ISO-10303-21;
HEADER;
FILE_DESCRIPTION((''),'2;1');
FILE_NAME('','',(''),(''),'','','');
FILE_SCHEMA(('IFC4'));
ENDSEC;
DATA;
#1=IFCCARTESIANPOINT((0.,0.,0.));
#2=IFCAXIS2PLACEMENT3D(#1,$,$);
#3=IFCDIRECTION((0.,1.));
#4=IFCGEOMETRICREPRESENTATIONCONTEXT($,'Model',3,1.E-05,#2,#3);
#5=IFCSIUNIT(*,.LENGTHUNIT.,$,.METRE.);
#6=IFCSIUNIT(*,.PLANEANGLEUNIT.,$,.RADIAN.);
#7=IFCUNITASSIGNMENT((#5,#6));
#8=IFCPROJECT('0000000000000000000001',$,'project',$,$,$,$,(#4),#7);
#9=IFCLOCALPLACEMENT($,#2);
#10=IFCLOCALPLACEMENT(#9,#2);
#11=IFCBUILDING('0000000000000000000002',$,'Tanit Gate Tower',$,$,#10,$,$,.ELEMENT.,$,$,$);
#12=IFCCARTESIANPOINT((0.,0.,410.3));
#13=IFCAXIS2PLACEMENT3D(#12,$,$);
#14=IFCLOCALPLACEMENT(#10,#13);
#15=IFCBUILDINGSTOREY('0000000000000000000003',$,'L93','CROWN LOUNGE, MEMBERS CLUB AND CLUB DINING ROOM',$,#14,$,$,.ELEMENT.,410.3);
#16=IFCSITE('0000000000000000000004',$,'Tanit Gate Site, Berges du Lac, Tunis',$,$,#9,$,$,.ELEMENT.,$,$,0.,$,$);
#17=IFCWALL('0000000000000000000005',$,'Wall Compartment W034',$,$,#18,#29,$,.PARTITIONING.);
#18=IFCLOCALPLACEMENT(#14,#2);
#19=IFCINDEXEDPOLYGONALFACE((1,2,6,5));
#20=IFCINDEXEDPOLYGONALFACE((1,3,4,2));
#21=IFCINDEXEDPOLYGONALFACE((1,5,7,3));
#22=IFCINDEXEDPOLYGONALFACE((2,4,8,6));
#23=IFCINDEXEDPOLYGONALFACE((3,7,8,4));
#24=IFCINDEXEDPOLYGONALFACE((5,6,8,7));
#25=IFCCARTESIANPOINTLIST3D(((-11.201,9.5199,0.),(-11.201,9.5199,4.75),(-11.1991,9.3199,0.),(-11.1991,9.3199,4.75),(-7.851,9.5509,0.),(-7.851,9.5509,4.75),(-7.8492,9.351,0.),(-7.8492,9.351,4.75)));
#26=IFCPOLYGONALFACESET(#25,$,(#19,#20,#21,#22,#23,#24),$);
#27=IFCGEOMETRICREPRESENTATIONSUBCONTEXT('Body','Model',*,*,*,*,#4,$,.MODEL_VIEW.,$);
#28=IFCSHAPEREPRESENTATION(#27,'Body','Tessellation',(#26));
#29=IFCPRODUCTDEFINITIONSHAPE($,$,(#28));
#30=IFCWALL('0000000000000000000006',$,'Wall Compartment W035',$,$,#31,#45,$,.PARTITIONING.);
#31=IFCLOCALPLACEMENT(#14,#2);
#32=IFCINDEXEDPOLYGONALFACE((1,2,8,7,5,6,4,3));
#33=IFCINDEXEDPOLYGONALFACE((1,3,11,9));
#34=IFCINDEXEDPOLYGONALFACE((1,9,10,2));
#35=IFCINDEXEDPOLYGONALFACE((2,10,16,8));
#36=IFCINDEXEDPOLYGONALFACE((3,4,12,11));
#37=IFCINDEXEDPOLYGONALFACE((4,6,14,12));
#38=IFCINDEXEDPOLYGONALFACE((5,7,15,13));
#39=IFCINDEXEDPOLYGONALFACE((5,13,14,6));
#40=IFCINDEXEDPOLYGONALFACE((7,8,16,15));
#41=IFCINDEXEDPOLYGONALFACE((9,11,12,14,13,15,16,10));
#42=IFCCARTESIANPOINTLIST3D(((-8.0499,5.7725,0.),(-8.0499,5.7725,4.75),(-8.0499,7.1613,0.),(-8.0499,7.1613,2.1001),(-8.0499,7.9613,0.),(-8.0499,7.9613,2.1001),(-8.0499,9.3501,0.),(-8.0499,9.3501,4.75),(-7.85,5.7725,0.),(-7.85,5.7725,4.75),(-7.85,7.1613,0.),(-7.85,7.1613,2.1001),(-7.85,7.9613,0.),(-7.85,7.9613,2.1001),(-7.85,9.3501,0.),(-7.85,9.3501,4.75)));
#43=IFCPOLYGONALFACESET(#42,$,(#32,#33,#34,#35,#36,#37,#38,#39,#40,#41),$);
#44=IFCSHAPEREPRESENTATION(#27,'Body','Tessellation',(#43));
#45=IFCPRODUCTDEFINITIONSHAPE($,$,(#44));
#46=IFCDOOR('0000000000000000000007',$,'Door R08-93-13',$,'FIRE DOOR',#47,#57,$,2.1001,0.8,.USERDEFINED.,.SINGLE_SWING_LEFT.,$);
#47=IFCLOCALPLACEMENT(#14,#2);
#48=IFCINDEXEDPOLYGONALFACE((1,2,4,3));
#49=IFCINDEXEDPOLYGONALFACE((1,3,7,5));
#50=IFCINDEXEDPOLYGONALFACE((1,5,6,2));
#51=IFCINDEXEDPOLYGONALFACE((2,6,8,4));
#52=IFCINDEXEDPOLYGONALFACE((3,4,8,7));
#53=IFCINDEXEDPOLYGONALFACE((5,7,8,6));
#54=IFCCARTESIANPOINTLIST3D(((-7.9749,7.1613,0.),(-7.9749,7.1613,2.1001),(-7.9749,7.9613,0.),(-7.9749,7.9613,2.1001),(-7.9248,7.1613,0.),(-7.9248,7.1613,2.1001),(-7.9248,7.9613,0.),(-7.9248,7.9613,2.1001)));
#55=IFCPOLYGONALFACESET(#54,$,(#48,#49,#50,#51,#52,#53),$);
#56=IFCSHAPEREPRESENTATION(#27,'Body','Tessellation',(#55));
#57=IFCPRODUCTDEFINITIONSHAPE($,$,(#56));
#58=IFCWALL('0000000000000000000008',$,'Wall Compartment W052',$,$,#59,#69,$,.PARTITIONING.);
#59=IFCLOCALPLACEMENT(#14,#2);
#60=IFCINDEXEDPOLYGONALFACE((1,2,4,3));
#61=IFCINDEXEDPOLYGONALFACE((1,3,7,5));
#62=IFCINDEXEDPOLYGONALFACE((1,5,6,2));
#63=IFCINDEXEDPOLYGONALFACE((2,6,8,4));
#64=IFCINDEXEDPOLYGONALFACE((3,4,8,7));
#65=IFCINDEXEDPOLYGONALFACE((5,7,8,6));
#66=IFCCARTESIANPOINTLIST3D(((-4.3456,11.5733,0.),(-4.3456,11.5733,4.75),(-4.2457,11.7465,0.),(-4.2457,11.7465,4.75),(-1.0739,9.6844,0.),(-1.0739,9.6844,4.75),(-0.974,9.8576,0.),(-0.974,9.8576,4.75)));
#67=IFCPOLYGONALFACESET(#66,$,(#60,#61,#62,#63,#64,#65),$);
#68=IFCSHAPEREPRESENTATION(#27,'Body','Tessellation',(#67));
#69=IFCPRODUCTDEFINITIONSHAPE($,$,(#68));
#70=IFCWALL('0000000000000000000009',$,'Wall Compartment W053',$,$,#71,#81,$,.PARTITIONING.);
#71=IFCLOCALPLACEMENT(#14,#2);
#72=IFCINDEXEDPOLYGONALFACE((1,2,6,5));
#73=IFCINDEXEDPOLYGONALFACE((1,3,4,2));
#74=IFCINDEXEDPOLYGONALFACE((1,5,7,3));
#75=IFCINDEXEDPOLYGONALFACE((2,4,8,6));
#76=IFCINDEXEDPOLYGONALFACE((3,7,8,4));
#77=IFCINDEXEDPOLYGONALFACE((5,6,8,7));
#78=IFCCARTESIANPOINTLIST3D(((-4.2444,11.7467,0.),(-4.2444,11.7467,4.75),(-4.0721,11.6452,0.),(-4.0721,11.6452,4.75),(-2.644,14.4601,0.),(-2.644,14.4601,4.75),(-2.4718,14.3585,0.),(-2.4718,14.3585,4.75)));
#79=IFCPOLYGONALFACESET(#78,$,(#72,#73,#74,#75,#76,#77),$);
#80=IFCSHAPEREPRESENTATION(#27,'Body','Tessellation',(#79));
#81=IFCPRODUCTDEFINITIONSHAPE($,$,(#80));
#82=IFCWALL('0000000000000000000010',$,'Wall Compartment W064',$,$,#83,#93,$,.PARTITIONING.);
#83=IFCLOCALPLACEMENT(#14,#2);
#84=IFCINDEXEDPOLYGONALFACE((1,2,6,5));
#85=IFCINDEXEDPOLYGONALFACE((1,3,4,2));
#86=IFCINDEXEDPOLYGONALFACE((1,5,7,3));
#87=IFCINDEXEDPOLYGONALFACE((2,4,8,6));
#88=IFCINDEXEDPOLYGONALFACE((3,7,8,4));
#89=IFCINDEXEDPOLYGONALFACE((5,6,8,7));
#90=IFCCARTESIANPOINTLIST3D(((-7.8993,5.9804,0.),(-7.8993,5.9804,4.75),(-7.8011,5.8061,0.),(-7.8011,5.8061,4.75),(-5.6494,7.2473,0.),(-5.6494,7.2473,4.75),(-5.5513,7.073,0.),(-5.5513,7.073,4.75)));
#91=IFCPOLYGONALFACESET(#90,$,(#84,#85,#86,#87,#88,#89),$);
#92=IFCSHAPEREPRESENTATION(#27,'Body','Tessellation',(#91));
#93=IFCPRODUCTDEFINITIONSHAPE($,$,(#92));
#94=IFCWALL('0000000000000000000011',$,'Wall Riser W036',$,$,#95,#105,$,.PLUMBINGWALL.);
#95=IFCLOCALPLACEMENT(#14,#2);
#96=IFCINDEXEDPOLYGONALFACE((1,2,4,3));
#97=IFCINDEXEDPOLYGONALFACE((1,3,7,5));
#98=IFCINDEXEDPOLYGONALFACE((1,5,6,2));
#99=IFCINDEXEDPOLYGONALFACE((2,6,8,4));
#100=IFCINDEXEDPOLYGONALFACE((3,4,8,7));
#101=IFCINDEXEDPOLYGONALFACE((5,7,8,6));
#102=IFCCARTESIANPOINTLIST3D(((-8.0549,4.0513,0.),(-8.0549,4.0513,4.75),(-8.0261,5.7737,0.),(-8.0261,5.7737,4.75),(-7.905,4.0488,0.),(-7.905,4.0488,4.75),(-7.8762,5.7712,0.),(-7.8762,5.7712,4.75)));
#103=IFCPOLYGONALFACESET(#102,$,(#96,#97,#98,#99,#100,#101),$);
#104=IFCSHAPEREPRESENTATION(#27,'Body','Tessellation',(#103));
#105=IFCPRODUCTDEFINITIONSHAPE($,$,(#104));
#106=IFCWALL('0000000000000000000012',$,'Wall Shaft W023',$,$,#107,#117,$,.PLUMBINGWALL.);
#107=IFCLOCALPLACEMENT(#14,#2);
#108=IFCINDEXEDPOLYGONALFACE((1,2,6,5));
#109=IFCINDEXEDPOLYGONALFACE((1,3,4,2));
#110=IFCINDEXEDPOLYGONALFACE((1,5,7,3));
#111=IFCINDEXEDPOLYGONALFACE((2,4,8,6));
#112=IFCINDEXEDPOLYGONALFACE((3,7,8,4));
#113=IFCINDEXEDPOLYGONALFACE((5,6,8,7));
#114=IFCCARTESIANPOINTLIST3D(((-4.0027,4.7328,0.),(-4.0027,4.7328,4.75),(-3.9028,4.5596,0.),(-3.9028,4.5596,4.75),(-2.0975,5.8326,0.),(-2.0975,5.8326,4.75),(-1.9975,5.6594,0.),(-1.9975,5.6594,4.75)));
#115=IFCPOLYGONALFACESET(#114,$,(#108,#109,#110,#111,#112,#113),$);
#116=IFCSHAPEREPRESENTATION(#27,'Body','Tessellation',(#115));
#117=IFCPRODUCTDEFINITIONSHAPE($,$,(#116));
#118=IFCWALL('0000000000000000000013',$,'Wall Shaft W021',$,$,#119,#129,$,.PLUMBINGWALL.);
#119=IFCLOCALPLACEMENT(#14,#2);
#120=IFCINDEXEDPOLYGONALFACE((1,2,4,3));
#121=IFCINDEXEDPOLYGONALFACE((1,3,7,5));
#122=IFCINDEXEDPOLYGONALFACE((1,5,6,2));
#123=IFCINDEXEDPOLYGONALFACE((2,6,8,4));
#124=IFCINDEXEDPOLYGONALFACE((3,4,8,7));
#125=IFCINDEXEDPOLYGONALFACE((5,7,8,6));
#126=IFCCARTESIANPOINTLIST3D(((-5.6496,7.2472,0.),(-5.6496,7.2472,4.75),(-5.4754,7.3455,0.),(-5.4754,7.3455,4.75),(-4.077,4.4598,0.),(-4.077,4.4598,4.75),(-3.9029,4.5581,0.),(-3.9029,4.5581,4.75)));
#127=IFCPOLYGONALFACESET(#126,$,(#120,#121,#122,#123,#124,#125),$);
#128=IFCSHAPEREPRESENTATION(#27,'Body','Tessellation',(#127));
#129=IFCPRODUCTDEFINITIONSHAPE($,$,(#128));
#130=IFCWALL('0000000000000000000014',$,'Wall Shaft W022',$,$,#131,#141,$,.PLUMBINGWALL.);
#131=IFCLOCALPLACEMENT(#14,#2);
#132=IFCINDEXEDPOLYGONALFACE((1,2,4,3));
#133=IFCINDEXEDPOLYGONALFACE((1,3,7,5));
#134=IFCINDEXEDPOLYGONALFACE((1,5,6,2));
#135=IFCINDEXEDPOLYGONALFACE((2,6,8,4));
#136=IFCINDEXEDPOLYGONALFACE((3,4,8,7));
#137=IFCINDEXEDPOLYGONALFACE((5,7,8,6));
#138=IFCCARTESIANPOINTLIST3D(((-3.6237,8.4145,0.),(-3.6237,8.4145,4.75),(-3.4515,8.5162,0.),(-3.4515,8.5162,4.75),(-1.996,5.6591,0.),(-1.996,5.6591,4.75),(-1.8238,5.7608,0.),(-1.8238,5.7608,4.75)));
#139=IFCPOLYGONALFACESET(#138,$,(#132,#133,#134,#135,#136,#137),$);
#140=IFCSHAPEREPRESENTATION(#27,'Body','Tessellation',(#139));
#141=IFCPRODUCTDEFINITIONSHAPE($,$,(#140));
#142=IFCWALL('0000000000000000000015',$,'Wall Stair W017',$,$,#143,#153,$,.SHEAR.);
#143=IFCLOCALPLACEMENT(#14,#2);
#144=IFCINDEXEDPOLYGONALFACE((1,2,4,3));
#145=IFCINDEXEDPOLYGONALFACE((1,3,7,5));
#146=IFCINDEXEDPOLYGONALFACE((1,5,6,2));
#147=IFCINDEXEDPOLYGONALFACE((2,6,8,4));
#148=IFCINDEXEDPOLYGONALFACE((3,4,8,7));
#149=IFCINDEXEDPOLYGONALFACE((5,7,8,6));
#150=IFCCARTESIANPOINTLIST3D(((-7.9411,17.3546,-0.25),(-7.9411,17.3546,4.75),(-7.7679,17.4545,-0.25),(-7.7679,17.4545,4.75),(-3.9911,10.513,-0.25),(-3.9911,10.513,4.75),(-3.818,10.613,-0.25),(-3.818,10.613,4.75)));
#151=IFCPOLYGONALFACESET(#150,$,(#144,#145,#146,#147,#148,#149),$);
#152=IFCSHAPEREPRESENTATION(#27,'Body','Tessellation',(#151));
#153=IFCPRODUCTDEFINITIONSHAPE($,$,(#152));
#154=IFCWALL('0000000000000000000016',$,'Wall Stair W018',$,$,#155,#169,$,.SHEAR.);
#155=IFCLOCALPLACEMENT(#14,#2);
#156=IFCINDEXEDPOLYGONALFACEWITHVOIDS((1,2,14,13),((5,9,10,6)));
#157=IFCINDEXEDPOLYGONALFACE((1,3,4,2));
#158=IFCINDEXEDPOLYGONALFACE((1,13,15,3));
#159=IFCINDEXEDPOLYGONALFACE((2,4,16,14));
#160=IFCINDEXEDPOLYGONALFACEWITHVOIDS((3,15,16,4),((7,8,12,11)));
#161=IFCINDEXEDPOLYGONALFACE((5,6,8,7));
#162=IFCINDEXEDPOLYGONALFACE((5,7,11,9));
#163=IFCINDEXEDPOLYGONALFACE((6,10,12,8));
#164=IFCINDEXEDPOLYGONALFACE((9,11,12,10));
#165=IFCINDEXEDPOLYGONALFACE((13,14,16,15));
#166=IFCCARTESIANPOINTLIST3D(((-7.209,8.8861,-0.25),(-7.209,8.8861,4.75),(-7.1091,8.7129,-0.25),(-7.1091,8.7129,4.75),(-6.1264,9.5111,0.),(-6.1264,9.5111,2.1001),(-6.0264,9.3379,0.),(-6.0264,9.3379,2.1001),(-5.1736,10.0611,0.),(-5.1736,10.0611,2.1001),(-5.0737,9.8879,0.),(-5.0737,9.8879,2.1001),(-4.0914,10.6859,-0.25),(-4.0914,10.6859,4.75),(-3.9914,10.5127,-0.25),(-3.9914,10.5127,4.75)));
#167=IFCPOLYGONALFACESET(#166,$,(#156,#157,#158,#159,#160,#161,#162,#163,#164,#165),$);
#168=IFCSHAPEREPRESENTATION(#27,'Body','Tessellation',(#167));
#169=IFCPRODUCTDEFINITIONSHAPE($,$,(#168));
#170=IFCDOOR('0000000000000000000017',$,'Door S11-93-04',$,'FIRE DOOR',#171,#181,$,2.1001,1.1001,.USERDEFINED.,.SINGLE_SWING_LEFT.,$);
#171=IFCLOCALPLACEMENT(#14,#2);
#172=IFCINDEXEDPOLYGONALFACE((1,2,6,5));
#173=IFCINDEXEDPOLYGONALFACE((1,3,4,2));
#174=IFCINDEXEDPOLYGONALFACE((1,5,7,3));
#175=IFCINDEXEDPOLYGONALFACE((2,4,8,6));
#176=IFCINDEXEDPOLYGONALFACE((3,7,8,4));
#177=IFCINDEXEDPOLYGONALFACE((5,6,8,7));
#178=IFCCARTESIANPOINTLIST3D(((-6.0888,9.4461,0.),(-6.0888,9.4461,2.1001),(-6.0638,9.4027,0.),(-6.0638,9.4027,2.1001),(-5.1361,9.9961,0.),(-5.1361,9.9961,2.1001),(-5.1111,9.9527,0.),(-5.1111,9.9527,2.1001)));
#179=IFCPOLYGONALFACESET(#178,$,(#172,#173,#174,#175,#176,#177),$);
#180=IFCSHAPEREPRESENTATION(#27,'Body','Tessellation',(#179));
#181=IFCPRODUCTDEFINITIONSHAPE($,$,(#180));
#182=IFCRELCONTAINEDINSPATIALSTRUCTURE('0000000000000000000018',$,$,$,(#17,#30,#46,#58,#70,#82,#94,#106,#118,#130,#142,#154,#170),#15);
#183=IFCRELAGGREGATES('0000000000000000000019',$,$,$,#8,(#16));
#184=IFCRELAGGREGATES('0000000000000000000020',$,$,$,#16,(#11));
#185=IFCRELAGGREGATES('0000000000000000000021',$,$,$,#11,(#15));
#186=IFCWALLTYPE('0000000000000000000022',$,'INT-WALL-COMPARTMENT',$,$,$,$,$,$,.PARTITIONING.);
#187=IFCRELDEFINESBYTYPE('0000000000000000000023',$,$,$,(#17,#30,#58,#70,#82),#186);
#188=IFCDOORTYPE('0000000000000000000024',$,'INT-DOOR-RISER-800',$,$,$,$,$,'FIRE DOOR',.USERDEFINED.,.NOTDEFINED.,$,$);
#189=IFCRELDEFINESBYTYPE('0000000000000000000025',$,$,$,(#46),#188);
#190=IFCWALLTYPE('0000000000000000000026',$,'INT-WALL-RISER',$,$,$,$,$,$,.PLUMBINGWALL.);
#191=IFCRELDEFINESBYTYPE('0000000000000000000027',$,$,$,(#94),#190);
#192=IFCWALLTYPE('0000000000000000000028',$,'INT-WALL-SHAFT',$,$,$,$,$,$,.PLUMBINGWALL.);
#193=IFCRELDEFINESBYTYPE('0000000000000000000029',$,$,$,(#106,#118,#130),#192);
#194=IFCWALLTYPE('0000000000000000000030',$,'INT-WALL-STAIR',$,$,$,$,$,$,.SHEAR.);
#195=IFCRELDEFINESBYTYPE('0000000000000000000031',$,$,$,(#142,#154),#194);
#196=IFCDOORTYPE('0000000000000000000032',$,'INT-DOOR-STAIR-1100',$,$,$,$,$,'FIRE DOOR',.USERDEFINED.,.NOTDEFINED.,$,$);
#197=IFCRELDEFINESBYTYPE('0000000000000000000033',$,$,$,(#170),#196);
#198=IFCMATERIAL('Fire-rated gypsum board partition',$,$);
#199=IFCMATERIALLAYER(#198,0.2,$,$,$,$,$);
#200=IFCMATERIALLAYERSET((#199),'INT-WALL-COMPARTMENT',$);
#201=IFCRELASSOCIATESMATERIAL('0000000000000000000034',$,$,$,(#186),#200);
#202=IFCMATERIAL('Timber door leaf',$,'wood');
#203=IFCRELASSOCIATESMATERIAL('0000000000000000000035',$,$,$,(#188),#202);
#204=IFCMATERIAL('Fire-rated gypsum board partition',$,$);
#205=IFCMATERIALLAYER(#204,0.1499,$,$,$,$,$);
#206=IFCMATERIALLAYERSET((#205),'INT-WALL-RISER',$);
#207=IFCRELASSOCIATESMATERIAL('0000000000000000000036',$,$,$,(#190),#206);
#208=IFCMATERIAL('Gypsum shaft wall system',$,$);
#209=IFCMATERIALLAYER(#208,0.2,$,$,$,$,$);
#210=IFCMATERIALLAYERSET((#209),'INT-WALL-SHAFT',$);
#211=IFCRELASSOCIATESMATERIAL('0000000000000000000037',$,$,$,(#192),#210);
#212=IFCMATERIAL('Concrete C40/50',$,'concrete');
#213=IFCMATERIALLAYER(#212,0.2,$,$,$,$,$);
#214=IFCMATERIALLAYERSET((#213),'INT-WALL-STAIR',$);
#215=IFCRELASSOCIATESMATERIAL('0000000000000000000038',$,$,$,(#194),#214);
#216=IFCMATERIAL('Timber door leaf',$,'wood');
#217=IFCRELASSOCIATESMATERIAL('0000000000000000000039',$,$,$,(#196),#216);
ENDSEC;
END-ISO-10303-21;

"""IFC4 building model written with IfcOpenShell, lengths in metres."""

from ifc_helpers import new_model, si_unit, direction, frame, frame_2d, origin, place, context, subcontext, project, spatial, rectangle, extrude, material, layer, layer_set, type_object, element, fill, save


model = new_model("IFC4")

# Units and contexts
model_context = context("Model", 3, precision=1e-05, world=origin(), true_north=direction((0.0, 1.0)))
body_context = subcontext(model_context, "Body", "Model", "MODEL_VIEW")
ifc_project = project(units=[si_unit("LENGTHUNIT", "METRE"), si_unit("PLANEANGLEUNIT", "RADIAN")], contexts=[model_context])

# Site, building, storey
site_placement = place(None, origin())
site = spatial("IfcSite", under=ifc_project, at=site_placement, Name="Tanit Gate Site, Berges du Lac, Tunis", CompositionType="ELEMENT", RefElevation=0.0)
building_placement = place(site_placement, origin())
building = spatial("IfcBuilding", under=site, at=building_placement, Name="Tanit Gate Tower", CompositionType="ELEMENT")
storey_placement = place(building_placement, frame((0.0, 0.0, 410.3)))
storey = spatial("IfcBuildingStorey", under=building, at=storey_placement, Name="L93", Description="CROWN LOUNGE, MEMBERS CLUB AND CLUB DINING ROOM", CompositionType="ELEMENT", Elevation=410.3)

# Wall
ifc_material_1 = material(Name="Fire-rated gypsum board partition")
ifc_layer_1 = layer(ifc_material_1, 0.2)
ifc_layer_set_1 = layer_set([ifc_layer_1], Name="INT-WALL-COMPARTMENT")
wall_type_1 = type_object("IfcWallType", Name="INT-WALL-COMPARTMENT", PredefinedType="PARTITIONING", material=ifc_layer_set_1)
wall_1_placement = place(storey_placement, frame((-7.8501, 9.4509, 0.0), z_axis=(0.0, 0.0, 1.0), x_axis=(-0.999957, -0.009255, 0.0)))
element("IfcWall", 1, at=wall_1_placement, inside=storey, type_object=wall_type_1, Name="Wall Compartment W034", PredefinedType="PARTITIONING", context=body_context, shape_type="SweptSolid", body=[
    extrude(rectangle(XDim=3.3501, YDim=0.2, at=frame_2d((1.675, 0.0))), origin(), (0.0, 0.0, 1.0), 4.75),
])

# Wall, opening, door
wall_2_placement = place(storey_placement, frame((-7.95, 5.7725, 0.0), z_axis=(0.0, 0.0, 1.0), x_axis=(0.0, 1.0, 0.0)))
wall_2 = element("IfcWall", 2, at=wall_2_placement, inside=storey, type_object=wall_type_1, Name="Wall Compartment W035", PredefinedType="PARTITIONING", context=body_context, shape_type="SweptSolid", body=[
    extrude(rectangle(XDim=3.5776, YDim=0.2, at=frame_2d((1.7888, 0.0))), origin(), (0.0, 0.0, 1.0), 4.75),
])
opening_1_placement = place(wall_2_placement, frame((1.3889, 0.0, 0.0)))
opening_1 = element("IfcOpeningElement", 3, at=opening_1_placement, cuts=wall_2, PredefinedType="OPENING", context=body_context, shape_type="SweptSolid", body=[
    extrude(rectangle(XDim=0.8, YDim=2.1001, at=frame_2d((0.3999, 1.05))), frame((0.0, 0.1099, 0.0), z_axis=(0.0, -1.0, 0.0), x_axis=(1.0, 0.0, 0.0)), (0.0, 0.0, 1.0), 0.22),
])
ifc_material_2 = material(Name="Timber door leaf", Category="wood")
door_type_1 = type_object("IfcDoorType", Name="INT-DOOR-RISER-800", ElementType="FIRE DOOR", OperationType="NOTDEFINED", PredefinedType="USERDEFINED", material=ifc_material_2)
door_1_placement = place(opening_1_placement, origin())
door_1 = element("IfcDoor", 4, at=door_1_placement, inside=storey, type_object=door_type_1, Name="Door R08-93-13", ObjectType="FIRE DOOR", OperationType="SINGLE_SWING_LEFT", OverallHeight=2.1001, OverallWidth=0.8, PredefinedType="USERDEFINED", context=body_context, shape_type="SweptSolid", body=[
    extrude(rectangle(XDim=0.8, YDim=2.1001, at=frame_2d((0.3999, 1.05))), frame((0.0, 0.0249, 0.0), z_axis=(0.0, -1.0, 0.0), x_axis=(1.0, 0.0, 0.0)), (0.0, 0.0, 1.0), 0.05),
])
fill(opening_1, door_1)

# Walls
wall_3_placement = place(storey_placement, frame((-4.2957, 11.6599, 0.0), z_axis=(0.0, 0.0, 1.0), x_axis=(0.866027, -0.499997, 0.0)))
element("IfcWall", 5, at=wall_3_placement, inside=storey, type_object=wall_type_1, Name="Wall Compartment W052", PredefinedType="PARTITIONING", context=body_context, shape_type="SweptSolid", body=[
    extrude(rectangle(XDim=3.7778, YDim=0.2, at=frame_2d((1.8889, 0.0))), origin(), (0.0, 0.0, 1.0), 4.75),
])
wall_4_placement = place(storey_placement, frame((-2.5579, 14.4094, 0.0), z_axis=(0.0, 0.0, 1.0), x_axis=(-0.508019, -0.861346, 0.0)))
element("IfcWall", 6, at=wall_4_placement, inside=storey, type_object=wall_type_1, Name="Wall Compartment W053", PredefinedType="PARTITIONING", context=body_context, shape_type="SweptSolid", body=[
    extrude(rectangle(XDim=3.1501, YDim=0.2, at=frame_2d((1.5752, 0.0))), origin(), (0.0, 0.0, 1.0), 4.75),
])
wall_5_placement = place(storey_placement, frame((-5.6003, 7.1602, 0.0), z_axis=(0.0, 0.0, 1.0), x_axis=(-0.871351, -0.490661, 0.0)))
element("IfcWall", 7, at=wall_5_placement, inside=storey, type_object=wall_type_1, Name="Wall Compartment W064", PredefinedType="PARTITIONING", context=body_context, shape_type="SweptSolid", body=[
    extrude(rectangle(XDim=2.582, YDim=0.2, at=frame_2d((1.291, 0.0))), origin(), (0.0, 0.0, 1.0), 4.75),
])
ifc_material_3 = material(Name="Fire-rated gypsum board partition")
ifc_layer_2 = layer(ifc_material_3, 0.1499)
ifc_layer_set_2 = layer_set([ifc_layer_2], Name="INT-WALL-RISER")
wall_type_2 = type_object("IfcWallType", Name="INT-WALL-RISER", PredefinedType="PLUMBINGWALL", material=ifc_layer_set_2)
wall_6_placement = place(storey_placement, frame((-7.9512, 5.7725, 0.0), z_axis=(0.0, 0.0, 1.0), x_axis=(-0.016723, -0.99986, 0.0)))
element("IfcWall", 8, at=wall_6_placement, inside=storey, type_object=wall_type_2, Name="Wall Riser W036", PredefinedType="PLUMBINGWALL", context=body_context, shape_type="SweptSolid", body=[
    extrude(rectangle(XDim=1.7227, YDim=0.1499, at=frame_2d((0.8613, 0.0))), origin(), (0.0, 0.0, 1.0), 4.75),
])

# Shared definitions
ifc_material_4 = material(Name="Gypsum shaft wall system")
ifc_layer_3 = layer(ifc_material_4, 0.2)
ifc_layer_set_3 = layer_set([ifc_layer_3], Name="INT-WALL-SHAFT")
wall_type_3 = type_object("IfcWallType", Name="INT-WALL-SHAFT", PredefinedType="PLUMBINGWALL", material=ifc_layer_set_3)

# Walls
wall_7_placement = place(storey_placement, frame((-2.0474, 5.7461, 0.0), z_axis=(0.0, 0.0, 1.0), x_axis=(-0.866056, -0.499947, 0.0)))
element("IfcWall", 9, at=wall_7_placement, inside=storey, type_object=wall_type_3, Name="Wall Shaft W023", PredefinedType="PLUMBINGWALL", context=body_context, shape_type="SweptSolid", body=[
    extrude(rectangle(XDim=2.2, YDim=0.2, at=frame_2d((1.1001, 0.0))), origin(), (0.0, 0.0, 1.0), 4.75),
])
wall_8_placement = place(storey_placement, frame((-3.99, 4.509, 0.0), z_axis=(0.0, 0.0, 1.0), x_axis=(-0.491358, 0.870958, 0.0)))
element("IfcWall", 10, at=wall_8_placement, inside=storey, type_object=wall_type_3, Name="Wall Shaft W021", PredefinedType="PLUMBINGWALL", context=body_context, shape_type="SweptSolid", body=[
    extrude(rectangle(XDim=3.2004, YDim=0.2, at=frame_2d((1.6001, 0.0))), origin(), (0.0, 0.0, 1.0), 4.75),
])
wall_9_placement = place(storey_placement, frame((-3.5376, 8.4653, 0.0), z_axis=(0.0, 0.0, 1.0), x_axis=(0.508616, -0.860993, 0.0)))
element("IfcWall", 11, at=wall_9_placement, inside=storey, type_object=wall_type_3, Name="Wall Shaft W022", PredefinedType="PLUMBINGWALL", context=body_context, shape_type="SweptSolid", body=[
    extrude(rectangle(XDim=3.2002, YDim=0.2, at=frame_2d((1.6001, 0.0))), origin(), (0.0, 0.0, 1.0), 4.75),
])
ifc_material_5 = material(Name="Concrete C40/50", Category="concrete")
ifc_layer_4 = layer(ifc_material_5, 0.2)
ifc_layer_set_4 = layer_set([ifc_layer_4], Name="INT-WALL-STAIR")
wall_type_4 = type_object("IfcWallType", Name="INT-WALL-STAIR", PredefinedType="SHEAR", material=ifc_layer_set_4)
wall_10_placement = place(storey_placement, frame((-7.8545, 17.4045, -0.25), z_axis=(0.0, 0.0, 1.0), x_axis=(0.499998, -0.866027, 0.0)))
element("IfcWall", 12, at=wall_10_placement, inside=storey, type_object=wall_type_4, Name="Wall Stair W017", PredefinedType="SHEAR", context=body_context, shape_type="SweptSolid", body=[
    extrude(rectangle(XDim=7.8999, YDim=0.2, at=frame_2d((3.95, 0.0))), origin(), (0.0, 0.0, 1.0), 5.0),
])

# Wall, opening, door
wall_11_placement = place(storey_placement, frame((-7.1589, 8.7996, -0.25), z_axis=(0.0, 0.0, 1.0), x_axis=(0.866048, 0.499961, 0.0)))
wall_11 = element("IfcWall", 13, at=wall_11_placement, inside=storey, type_object=wall_type_4, Name="Wall Stair W018", PredefinedType="SHEAR", context=body_context, shape_type="SweptSolid", body=[
    extrude(rectangle(XDim=3.5999, YDim=0.2, at=frame_2d((1.7998, 0.0))), origin(), (0.0, 0.0, 1.0), 5.0),
])
opening_2_placement = place(wall_11_placement, frame((1.25, 0.0, 0.25)))
opening_2 = element("IfcOpeningElement", 14, at=opening_2_placement, cuts=wall_11, PredefinedType="OPENING", context=body_context, shape_type="SweptSolid", body=[
    extrude(rectangle(XDim=1.1001, YDim=2.1001, at=frame_2d((0.55, 1.05))), frame((0.0, 0.1099, 0.0), z_axis=(0.0, -1.0, 0.0), x_axis=(1.0, 0.0, 0.0)), (0.0, 0.0, 1.0), 0.22),
])
ifc_material_6 = material(Name="Timber door leaf", Category="wood")
door_type_2 = type_object("IfcDoorType", Name="INT-DOOR-STAIR-1100", ElementType="FIRE DOOR", OperationType="NOTDEFINED", PredefinedType="USERDEFINED", material=ifc_material_6)
door_2_placement = place(opening_2_placement, origin())
door_2 = element("IfcDoor", 15, at=door_2_placement, inside=storey, type_object=door_type_2, Name="Door S11-93-04", ObjectType="FIRE DOOR", OperationType="SINGLE_SWING_LEFT", OverallHeight=2.1001, OverallWidth=1.1001, PredefinedType="USERDEFINED", context=body_context, shape_type="SweptSolid", body=[
    extrude(rectangle(XDim=1.1001, YDim=2.1001, at=frame_2d((0.55, 1.05))), frame((0.0, 0.0249, 0.0), z_axis=(0.0, -1.0, 0.0), x_axis=(1.0, 0.0, 0.0)), (0.0, 0.0, 1.0), 0.05),
])
fill(opening_2, door_2)

save(model, "model.ifc")
